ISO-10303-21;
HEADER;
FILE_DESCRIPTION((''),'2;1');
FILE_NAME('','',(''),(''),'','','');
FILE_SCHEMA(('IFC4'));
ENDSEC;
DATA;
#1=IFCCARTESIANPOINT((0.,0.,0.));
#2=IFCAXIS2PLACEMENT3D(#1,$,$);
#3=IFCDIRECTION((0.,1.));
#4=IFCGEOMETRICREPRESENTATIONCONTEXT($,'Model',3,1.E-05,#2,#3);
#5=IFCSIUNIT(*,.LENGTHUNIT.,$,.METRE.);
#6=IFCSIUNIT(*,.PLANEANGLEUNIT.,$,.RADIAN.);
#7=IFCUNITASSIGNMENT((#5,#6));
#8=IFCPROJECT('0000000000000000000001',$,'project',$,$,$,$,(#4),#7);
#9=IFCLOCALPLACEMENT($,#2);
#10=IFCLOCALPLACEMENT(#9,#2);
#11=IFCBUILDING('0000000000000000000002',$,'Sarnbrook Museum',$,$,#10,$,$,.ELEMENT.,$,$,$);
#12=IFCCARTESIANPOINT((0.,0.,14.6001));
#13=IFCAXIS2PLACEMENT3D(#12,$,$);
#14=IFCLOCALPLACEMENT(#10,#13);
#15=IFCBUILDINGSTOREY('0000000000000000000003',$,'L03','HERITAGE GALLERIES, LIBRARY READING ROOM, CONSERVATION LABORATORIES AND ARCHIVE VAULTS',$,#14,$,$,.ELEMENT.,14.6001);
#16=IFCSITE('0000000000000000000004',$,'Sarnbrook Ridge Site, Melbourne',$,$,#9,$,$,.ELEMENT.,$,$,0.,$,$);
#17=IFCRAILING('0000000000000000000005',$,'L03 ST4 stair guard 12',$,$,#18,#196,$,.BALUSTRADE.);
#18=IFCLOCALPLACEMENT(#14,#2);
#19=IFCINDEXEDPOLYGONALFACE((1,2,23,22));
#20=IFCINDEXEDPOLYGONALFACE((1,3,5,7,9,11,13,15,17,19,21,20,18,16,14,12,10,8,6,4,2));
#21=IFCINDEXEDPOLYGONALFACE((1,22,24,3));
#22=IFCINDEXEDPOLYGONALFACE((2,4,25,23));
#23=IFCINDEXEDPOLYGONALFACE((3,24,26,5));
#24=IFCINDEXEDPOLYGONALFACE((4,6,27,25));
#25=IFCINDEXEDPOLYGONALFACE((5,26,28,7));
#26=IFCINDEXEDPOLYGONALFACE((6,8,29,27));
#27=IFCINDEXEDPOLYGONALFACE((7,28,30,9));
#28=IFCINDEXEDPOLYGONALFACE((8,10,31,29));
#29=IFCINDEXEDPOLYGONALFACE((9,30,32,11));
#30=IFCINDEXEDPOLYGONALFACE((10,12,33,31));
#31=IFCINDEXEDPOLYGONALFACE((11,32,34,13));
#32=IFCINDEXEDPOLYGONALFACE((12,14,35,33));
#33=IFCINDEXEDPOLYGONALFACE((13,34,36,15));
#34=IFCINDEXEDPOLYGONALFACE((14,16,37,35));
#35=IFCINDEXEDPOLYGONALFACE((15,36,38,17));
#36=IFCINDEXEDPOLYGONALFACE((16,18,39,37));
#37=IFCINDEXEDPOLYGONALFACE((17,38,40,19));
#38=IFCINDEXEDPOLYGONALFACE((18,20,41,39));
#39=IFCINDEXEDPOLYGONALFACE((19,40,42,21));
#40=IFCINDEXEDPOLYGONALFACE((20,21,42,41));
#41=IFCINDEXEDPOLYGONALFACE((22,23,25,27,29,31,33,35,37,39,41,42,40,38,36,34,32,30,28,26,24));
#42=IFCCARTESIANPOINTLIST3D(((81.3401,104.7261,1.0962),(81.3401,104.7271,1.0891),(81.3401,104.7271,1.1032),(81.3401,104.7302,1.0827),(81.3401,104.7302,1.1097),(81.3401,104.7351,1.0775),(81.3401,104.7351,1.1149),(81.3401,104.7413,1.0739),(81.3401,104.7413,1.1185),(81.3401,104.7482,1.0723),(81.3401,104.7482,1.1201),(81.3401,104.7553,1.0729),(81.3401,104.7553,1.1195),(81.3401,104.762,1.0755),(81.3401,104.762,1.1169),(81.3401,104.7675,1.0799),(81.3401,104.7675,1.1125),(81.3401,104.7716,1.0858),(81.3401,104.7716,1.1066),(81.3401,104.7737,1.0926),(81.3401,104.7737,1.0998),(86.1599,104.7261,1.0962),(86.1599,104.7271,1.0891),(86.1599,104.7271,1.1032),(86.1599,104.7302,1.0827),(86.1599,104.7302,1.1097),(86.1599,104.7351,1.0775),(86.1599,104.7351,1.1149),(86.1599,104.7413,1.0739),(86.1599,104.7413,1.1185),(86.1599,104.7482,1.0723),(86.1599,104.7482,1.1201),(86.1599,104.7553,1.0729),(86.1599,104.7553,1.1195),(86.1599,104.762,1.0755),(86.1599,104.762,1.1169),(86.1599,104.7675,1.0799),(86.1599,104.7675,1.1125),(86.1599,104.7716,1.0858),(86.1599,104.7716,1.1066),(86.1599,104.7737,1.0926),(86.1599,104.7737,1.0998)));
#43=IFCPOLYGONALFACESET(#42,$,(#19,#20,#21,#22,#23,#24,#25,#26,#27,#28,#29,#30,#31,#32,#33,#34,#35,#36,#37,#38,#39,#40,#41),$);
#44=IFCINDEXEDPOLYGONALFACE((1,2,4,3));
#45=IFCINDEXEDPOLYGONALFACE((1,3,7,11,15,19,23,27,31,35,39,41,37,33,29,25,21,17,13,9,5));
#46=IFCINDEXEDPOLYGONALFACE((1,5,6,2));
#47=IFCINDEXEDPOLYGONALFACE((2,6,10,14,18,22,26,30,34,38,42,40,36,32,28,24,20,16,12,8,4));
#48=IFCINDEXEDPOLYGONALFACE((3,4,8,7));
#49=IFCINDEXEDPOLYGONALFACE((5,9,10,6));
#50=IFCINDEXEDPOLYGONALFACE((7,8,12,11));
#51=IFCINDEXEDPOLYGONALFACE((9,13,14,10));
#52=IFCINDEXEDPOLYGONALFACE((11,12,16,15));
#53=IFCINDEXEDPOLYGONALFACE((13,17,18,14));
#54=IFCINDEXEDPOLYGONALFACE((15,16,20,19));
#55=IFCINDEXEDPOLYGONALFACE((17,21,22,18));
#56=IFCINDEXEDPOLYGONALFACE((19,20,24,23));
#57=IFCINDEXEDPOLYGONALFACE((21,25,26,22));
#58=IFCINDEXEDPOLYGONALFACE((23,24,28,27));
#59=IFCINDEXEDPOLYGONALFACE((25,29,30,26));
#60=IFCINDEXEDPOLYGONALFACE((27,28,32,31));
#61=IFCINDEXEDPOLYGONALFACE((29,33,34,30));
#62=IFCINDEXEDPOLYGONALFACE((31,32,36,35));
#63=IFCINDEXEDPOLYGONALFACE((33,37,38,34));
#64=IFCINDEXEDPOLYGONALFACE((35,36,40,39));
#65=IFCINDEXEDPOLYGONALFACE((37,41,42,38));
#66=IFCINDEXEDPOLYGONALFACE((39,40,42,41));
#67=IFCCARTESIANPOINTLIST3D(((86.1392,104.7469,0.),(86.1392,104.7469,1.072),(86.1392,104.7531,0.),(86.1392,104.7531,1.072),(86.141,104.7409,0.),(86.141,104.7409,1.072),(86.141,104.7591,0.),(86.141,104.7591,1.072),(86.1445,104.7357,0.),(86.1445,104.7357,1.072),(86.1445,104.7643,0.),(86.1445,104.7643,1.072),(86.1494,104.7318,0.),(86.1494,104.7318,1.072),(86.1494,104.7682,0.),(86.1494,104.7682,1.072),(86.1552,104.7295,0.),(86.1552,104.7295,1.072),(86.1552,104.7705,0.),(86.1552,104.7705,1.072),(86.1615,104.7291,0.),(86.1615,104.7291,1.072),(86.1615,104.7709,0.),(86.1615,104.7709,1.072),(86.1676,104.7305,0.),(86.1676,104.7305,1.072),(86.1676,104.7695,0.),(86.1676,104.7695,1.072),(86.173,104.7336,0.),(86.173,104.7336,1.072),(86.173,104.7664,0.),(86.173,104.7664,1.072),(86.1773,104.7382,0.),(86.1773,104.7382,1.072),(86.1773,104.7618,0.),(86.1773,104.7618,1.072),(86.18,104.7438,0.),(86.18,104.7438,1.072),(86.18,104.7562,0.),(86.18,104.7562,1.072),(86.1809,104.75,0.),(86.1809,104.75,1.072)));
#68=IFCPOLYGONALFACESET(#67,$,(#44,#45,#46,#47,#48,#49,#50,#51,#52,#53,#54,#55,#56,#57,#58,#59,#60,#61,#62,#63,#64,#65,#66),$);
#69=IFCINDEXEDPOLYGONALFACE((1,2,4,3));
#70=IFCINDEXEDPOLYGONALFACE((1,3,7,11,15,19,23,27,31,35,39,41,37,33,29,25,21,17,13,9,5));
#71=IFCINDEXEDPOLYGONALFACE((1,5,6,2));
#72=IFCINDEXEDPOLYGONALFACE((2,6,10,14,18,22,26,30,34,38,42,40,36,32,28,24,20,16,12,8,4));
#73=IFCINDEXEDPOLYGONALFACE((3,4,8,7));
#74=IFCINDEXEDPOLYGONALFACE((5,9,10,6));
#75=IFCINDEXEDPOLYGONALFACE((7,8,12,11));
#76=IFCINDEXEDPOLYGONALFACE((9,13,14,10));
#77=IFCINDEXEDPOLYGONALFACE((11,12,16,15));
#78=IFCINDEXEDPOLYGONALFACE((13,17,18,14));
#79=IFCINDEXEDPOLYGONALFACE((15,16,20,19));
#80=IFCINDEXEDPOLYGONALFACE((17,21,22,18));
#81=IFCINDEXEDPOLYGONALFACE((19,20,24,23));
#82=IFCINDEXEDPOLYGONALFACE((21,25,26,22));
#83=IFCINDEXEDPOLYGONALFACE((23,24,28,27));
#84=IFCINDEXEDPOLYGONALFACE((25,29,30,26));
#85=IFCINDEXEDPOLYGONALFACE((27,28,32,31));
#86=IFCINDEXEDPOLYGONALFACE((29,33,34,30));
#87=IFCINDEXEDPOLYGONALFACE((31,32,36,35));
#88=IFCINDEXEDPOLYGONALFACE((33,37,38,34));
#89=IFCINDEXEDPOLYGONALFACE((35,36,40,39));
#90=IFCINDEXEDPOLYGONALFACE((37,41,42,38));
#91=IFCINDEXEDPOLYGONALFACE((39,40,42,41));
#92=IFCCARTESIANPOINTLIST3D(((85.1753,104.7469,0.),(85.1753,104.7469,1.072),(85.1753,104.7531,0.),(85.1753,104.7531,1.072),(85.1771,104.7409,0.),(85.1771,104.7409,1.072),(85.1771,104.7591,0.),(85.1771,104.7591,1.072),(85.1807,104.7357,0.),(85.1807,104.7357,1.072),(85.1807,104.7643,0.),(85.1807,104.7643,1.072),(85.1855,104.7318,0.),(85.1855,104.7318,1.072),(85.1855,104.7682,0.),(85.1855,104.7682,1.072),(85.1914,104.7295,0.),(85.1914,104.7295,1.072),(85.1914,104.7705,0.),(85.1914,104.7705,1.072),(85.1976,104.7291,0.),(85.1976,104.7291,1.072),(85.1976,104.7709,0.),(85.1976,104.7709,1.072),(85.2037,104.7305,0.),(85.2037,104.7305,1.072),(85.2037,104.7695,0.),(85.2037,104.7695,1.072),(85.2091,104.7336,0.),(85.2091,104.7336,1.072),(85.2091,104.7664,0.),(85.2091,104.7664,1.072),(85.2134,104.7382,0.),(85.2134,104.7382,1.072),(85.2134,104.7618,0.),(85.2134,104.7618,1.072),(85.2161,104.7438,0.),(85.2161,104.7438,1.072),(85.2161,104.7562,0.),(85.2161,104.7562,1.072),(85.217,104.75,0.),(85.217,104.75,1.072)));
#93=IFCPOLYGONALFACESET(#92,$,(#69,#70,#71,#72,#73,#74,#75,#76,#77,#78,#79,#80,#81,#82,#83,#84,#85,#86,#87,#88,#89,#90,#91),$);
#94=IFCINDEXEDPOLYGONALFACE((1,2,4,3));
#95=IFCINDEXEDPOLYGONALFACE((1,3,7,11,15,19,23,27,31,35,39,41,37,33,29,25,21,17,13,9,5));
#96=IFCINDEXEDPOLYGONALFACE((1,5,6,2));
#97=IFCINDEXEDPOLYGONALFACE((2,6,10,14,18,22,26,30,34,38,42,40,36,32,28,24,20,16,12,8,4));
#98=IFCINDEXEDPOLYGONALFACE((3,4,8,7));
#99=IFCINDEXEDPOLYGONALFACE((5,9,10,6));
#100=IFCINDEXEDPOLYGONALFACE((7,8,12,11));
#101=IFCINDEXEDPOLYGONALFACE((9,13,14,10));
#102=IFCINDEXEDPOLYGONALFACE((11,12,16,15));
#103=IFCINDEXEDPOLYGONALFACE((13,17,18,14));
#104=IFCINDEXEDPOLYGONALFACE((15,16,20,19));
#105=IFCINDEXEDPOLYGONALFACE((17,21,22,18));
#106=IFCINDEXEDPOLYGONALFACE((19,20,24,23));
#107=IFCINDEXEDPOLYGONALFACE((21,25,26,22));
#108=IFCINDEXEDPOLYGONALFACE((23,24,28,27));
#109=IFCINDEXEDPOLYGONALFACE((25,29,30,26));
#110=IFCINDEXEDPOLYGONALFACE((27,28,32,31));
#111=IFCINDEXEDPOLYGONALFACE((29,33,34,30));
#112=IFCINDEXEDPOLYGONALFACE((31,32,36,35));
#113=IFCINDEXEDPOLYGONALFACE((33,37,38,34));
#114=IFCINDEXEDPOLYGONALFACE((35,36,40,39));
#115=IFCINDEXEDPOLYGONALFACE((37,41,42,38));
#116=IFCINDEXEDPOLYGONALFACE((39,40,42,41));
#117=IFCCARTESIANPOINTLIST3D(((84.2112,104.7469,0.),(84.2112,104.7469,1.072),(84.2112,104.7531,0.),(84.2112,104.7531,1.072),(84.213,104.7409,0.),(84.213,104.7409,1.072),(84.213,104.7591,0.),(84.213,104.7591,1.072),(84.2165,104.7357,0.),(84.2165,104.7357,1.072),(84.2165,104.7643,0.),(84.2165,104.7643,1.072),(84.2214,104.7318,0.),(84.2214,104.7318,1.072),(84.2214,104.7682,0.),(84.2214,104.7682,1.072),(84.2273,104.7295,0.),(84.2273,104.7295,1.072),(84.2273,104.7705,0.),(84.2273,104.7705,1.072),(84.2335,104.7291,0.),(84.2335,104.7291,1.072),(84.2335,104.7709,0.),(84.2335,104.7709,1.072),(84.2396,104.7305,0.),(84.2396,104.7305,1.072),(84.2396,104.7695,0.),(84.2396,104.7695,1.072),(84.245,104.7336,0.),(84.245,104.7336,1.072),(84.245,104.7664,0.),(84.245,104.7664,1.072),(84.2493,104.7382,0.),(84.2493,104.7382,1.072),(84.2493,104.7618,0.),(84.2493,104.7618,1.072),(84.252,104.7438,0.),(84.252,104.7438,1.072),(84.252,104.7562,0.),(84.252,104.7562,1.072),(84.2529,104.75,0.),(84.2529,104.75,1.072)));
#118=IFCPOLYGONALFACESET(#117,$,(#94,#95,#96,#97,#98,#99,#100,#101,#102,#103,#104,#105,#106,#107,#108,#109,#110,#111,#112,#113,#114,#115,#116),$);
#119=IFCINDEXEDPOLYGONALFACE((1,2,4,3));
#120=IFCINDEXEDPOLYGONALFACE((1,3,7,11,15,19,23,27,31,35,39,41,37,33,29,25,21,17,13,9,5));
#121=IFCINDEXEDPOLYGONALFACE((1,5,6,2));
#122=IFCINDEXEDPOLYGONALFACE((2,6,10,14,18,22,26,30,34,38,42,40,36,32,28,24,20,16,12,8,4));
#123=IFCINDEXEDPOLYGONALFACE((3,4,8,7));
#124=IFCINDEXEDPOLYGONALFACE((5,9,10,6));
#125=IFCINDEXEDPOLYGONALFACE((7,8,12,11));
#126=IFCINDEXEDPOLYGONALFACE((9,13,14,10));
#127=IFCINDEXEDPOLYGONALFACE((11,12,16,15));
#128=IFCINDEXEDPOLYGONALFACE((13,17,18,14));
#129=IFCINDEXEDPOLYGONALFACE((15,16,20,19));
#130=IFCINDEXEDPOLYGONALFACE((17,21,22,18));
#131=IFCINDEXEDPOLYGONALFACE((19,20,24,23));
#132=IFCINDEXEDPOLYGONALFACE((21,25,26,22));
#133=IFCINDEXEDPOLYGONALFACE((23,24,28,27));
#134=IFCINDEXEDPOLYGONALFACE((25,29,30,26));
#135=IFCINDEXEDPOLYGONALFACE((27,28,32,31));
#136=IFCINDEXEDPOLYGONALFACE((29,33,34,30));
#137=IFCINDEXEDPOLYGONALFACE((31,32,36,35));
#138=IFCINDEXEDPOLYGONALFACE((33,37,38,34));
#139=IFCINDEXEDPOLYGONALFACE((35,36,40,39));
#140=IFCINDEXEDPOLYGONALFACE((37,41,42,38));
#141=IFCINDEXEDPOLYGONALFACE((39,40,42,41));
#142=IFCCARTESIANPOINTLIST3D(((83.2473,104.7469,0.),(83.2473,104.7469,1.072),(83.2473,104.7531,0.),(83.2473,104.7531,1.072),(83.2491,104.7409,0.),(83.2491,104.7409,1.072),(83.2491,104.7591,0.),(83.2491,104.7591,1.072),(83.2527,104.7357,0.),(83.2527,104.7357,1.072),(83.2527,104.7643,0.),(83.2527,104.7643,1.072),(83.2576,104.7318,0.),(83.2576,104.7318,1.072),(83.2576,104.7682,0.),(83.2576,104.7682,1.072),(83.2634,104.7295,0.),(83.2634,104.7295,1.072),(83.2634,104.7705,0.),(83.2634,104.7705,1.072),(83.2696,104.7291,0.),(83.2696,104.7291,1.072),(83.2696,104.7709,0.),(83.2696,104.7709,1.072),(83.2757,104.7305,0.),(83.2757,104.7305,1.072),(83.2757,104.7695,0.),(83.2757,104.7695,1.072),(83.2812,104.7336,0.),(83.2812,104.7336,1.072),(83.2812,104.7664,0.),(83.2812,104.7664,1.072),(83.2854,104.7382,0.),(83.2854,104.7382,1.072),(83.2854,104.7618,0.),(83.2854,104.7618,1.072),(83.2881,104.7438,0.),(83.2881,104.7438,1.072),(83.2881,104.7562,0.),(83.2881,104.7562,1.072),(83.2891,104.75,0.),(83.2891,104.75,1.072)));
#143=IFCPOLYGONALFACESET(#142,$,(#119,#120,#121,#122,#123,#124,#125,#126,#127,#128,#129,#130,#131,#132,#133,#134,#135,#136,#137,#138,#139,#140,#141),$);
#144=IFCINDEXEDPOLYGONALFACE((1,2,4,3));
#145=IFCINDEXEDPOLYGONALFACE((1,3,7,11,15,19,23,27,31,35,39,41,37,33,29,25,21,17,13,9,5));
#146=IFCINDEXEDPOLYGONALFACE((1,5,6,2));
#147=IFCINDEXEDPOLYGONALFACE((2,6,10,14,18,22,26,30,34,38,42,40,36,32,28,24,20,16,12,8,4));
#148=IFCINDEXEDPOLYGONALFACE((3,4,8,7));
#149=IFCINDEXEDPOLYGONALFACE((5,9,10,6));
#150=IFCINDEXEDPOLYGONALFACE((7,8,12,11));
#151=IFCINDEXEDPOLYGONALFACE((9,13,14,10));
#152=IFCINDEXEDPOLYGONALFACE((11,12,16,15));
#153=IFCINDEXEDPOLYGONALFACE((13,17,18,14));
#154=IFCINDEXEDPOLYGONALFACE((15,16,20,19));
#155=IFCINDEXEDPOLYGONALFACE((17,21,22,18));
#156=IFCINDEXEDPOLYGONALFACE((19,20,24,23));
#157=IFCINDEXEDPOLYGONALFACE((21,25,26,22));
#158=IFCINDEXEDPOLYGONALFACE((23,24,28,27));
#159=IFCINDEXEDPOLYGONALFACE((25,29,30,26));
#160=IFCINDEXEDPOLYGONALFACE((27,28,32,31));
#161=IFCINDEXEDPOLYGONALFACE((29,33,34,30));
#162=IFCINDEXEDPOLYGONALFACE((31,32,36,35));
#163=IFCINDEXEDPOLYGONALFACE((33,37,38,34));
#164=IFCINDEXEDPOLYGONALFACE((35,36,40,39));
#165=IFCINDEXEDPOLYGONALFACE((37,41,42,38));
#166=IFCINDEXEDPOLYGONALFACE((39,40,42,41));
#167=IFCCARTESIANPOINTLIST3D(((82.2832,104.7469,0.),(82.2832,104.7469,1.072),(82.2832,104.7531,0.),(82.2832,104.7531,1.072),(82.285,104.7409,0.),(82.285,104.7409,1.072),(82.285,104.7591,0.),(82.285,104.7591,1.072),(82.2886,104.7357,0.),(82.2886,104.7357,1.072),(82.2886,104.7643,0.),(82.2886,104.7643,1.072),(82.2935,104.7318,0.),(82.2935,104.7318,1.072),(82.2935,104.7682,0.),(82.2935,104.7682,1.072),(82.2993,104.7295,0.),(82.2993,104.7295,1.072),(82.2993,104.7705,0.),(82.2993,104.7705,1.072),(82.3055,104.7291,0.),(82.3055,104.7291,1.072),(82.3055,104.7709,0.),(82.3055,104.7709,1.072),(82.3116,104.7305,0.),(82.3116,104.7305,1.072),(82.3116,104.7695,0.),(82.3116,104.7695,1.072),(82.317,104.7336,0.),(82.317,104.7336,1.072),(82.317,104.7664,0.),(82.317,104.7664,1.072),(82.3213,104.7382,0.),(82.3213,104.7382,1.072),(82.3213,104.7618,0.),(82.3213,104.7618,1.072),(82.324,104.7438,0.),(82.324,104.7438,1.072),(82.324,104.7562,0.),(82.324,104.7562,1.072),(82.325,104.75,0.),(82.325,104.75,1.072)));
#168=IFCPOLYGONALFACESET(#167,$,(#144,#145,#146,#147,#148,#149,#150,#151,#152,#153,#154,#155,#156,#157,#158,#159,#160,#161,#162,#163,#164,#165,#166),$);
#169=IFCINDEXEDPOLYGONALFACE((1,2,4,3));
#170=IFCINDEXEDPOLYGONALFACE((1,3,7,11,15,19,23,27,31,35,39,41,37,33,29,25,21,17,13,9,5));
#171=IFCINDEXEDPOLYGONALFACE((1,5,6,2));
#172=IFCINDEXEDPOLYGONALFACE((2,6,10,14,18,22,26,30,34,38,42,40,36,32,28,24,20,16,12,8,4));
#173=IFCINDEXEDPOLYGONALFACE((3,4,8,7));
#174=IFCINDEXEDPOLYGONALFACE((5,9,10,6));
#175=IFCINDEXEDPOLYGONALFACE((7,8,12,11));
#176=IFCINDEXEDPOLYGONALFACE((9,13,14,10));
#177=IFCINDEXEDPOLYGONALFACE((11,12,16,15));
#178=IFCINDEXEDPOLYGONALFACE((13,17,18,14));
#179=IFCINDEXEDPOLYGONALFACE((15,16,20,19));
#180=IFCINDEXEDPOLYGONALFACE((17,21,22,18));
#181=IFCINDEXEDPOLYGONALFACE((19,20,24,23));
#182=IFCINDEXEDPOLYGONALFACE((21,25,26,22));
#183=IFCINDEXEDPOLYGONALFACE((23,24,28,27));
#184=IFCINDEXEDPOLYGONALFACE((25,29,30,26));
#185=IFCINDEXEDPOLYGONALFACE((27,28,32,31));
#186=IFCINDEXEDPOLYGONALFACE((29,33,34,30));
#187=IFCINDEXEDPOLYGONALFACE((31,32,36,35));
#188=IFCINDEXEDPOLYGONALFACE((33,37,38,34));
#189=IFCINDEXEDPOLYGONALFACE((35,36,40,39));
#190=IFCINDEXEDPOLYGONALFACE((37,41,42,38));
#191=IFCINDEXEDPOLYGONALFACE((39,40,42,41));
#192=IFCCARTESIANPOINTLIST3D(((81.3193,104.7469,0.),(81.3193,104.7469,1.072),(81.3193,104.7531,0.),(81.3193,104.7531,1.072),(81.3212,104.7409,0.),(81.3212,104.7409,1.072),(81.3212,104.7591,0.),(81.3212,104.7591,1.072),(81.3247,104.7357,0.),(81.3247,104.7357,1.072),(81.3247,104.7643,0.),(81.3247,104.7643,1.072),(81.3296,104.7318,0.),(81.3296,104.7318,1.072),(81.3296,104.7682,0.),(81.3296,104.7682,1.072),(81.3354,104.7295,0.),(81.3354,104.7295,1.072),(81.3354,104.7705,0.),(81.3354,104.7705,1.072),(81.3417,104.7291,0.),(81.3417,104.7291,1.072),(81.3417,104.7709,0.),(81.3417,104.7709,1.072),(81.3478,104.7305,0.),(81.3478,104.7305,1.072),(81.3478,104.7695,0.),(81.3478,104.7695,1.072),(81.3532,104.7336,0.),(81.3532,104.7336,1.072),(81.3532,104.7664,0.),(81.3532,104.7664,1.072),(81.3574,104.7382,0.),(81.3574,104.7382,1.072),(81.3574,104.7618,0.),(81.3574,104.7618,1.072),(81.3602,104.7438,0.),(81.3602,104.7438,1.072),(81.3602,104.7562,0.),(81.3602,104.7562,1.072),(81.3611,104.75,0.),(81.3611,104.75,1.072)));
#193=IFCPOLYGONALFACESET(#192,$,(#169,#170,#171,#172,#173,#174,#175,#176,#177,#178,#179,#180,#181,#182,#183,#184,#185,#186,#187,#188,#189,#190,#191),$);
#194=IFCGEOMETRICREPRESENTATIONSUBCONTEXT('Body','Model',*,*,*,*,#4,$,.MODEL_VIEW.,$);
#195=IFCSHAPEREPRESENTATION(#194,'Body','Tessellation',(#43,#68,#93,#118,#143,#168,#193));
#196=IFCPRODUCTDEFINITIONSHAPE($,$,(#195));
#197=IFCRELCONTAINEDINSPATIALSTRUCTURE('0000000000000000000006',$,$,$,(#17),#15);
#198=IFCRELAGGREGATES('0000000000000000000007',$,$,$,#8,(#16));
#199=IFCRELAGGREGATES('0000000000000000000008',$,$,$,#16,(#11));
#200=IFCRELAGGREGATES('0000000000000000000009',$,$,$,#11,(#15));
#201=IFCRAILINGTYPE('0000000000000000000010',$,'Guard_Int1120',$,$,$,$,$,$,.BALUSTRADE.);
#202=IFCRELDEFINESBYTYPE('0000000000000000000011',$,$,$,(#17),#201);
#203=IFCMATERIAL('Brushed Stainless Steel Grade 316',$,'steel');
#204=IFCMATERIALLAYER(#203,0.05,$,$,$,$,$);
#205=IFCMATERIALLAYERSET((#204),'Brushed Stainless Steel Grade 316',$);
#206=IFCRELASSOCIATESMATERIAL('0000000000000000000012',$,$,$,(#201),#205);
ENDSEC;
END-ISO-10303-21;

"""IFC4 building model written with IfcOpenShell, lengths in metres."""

from ifc_helpers import new_model, si_unit, direction, frame, origin, origin_2d, place, context, subcontext, project, spatial, circle, extrude, material, layer, layer_set, type_object, element, save


model = new_model("IFC4")

# Units and contexts
model_context = context("Model", 3, precision=1e-05, world=origin(), true_north=direction((0.0, 1.0)))
body_context = subcontext(model_context, "Body", "Model", "MODEL_VIEW")
ifc_project = project(units=[si_unit("LENGTHUNIT", "METRE"), si_unit("PLANEANGLEUNIT", "RADIAN")], contexts=[model_context])

# Site, building, storey
site_placement = place(None, origin())
site = spatial("IfcSite", under=ifc_project, at=site_placement, Name="Sarnbrook Ridge Site, Melbourne", CompositionType="ELEMENT", RefElevation=0.0)
building_placement = place(site_placement, origin())
building = spatial("IfcBuilding", under=site, at=building_placement, Name="Sarnbrook Museum", CompositionType="ELEMENT")
storey_placement = place(building_placement, frame((0.0, 0.0, 14.6001)))
storey = spatial("IfcBuildingStorey", under=building, at=storey_placement, Name="L03", Description="HERITAGE GALLERIES, LIBRARY READING ROOM, CONSERVATION LABORATORIES AND ARCHIVE VAULTS", CompositionType="ELEMENT", Elevation=14.6001)

# Shared definitions
ifc_material_1 = material(Name="Brushed Stainless Steel Grade 316", Category="steel")

# Railing
ifc_layer_1 = layer(ifc_material_1, 0.05)
ifc_layer_set_1 = layer_set([ifc_layer_1], Name="Brushed Stainless Steel Grade 316")
railing_type_1 = type_object("IfcRailingType", Name="Guard_Int1120", PredefinedType="BALUSTRADE", material=ifc_layer_set_1)
railing_1_placement = place(storey_placement, frame((86.1599, 104.75, 0.0)))
element("IfcRailing", 1, at=railing_1_placement, inside=storey, type_object=railing_type_1, Name="L03 ST4 stair guard 12", PredefinedType="BALUSTRADE", context=body_context, shape_type="SweptSolid", body=[
    extrude(circle(Radius=0.0239, at=origin_2d()), frame((0.0, 0.0, 1.0962), z_axis=(-1.0, 0.0, 0.0), x_axis=(0.0, -1.0, 0.0)), (0.0, 0.0, 1.0), 4.8198),
    extrude(circle(Radius=0.021, at=origin_2d()), origin(), (0.0, 0.0, 1.0), 1.072),
    extrude(circle(Radius=0.021, at=origin_2d()), frame((-0.9639, 0.0, 0.0)), (0.0, 0.0, 1.0), 1.072),
    extrude(circle(Radius=0.021, at=origin_2d()), frame((-1.928, 0.0, 0.0)), (0.0, 0.0, 1.0), 1.072),
    extrude(circle(Radius=0.021, at=origin_2d()), frame((-2.8918, 0.0, 0.0)), (0.0, 0.0, 1.0), 1.072),
    extrude(circle(Radius=0.021, at=origin_2d()), frame((-3.856, 0.0, 0.0)), (0.0, 0.0, 1.0), 1.072),
    extrude(circle(Radius=0.021, at=origin_2d()), frame((-4.8198, 0.0, 0.0)), (0.0, 0.0, 1.0), 1.072),
])

save(model, "model.ifc")
